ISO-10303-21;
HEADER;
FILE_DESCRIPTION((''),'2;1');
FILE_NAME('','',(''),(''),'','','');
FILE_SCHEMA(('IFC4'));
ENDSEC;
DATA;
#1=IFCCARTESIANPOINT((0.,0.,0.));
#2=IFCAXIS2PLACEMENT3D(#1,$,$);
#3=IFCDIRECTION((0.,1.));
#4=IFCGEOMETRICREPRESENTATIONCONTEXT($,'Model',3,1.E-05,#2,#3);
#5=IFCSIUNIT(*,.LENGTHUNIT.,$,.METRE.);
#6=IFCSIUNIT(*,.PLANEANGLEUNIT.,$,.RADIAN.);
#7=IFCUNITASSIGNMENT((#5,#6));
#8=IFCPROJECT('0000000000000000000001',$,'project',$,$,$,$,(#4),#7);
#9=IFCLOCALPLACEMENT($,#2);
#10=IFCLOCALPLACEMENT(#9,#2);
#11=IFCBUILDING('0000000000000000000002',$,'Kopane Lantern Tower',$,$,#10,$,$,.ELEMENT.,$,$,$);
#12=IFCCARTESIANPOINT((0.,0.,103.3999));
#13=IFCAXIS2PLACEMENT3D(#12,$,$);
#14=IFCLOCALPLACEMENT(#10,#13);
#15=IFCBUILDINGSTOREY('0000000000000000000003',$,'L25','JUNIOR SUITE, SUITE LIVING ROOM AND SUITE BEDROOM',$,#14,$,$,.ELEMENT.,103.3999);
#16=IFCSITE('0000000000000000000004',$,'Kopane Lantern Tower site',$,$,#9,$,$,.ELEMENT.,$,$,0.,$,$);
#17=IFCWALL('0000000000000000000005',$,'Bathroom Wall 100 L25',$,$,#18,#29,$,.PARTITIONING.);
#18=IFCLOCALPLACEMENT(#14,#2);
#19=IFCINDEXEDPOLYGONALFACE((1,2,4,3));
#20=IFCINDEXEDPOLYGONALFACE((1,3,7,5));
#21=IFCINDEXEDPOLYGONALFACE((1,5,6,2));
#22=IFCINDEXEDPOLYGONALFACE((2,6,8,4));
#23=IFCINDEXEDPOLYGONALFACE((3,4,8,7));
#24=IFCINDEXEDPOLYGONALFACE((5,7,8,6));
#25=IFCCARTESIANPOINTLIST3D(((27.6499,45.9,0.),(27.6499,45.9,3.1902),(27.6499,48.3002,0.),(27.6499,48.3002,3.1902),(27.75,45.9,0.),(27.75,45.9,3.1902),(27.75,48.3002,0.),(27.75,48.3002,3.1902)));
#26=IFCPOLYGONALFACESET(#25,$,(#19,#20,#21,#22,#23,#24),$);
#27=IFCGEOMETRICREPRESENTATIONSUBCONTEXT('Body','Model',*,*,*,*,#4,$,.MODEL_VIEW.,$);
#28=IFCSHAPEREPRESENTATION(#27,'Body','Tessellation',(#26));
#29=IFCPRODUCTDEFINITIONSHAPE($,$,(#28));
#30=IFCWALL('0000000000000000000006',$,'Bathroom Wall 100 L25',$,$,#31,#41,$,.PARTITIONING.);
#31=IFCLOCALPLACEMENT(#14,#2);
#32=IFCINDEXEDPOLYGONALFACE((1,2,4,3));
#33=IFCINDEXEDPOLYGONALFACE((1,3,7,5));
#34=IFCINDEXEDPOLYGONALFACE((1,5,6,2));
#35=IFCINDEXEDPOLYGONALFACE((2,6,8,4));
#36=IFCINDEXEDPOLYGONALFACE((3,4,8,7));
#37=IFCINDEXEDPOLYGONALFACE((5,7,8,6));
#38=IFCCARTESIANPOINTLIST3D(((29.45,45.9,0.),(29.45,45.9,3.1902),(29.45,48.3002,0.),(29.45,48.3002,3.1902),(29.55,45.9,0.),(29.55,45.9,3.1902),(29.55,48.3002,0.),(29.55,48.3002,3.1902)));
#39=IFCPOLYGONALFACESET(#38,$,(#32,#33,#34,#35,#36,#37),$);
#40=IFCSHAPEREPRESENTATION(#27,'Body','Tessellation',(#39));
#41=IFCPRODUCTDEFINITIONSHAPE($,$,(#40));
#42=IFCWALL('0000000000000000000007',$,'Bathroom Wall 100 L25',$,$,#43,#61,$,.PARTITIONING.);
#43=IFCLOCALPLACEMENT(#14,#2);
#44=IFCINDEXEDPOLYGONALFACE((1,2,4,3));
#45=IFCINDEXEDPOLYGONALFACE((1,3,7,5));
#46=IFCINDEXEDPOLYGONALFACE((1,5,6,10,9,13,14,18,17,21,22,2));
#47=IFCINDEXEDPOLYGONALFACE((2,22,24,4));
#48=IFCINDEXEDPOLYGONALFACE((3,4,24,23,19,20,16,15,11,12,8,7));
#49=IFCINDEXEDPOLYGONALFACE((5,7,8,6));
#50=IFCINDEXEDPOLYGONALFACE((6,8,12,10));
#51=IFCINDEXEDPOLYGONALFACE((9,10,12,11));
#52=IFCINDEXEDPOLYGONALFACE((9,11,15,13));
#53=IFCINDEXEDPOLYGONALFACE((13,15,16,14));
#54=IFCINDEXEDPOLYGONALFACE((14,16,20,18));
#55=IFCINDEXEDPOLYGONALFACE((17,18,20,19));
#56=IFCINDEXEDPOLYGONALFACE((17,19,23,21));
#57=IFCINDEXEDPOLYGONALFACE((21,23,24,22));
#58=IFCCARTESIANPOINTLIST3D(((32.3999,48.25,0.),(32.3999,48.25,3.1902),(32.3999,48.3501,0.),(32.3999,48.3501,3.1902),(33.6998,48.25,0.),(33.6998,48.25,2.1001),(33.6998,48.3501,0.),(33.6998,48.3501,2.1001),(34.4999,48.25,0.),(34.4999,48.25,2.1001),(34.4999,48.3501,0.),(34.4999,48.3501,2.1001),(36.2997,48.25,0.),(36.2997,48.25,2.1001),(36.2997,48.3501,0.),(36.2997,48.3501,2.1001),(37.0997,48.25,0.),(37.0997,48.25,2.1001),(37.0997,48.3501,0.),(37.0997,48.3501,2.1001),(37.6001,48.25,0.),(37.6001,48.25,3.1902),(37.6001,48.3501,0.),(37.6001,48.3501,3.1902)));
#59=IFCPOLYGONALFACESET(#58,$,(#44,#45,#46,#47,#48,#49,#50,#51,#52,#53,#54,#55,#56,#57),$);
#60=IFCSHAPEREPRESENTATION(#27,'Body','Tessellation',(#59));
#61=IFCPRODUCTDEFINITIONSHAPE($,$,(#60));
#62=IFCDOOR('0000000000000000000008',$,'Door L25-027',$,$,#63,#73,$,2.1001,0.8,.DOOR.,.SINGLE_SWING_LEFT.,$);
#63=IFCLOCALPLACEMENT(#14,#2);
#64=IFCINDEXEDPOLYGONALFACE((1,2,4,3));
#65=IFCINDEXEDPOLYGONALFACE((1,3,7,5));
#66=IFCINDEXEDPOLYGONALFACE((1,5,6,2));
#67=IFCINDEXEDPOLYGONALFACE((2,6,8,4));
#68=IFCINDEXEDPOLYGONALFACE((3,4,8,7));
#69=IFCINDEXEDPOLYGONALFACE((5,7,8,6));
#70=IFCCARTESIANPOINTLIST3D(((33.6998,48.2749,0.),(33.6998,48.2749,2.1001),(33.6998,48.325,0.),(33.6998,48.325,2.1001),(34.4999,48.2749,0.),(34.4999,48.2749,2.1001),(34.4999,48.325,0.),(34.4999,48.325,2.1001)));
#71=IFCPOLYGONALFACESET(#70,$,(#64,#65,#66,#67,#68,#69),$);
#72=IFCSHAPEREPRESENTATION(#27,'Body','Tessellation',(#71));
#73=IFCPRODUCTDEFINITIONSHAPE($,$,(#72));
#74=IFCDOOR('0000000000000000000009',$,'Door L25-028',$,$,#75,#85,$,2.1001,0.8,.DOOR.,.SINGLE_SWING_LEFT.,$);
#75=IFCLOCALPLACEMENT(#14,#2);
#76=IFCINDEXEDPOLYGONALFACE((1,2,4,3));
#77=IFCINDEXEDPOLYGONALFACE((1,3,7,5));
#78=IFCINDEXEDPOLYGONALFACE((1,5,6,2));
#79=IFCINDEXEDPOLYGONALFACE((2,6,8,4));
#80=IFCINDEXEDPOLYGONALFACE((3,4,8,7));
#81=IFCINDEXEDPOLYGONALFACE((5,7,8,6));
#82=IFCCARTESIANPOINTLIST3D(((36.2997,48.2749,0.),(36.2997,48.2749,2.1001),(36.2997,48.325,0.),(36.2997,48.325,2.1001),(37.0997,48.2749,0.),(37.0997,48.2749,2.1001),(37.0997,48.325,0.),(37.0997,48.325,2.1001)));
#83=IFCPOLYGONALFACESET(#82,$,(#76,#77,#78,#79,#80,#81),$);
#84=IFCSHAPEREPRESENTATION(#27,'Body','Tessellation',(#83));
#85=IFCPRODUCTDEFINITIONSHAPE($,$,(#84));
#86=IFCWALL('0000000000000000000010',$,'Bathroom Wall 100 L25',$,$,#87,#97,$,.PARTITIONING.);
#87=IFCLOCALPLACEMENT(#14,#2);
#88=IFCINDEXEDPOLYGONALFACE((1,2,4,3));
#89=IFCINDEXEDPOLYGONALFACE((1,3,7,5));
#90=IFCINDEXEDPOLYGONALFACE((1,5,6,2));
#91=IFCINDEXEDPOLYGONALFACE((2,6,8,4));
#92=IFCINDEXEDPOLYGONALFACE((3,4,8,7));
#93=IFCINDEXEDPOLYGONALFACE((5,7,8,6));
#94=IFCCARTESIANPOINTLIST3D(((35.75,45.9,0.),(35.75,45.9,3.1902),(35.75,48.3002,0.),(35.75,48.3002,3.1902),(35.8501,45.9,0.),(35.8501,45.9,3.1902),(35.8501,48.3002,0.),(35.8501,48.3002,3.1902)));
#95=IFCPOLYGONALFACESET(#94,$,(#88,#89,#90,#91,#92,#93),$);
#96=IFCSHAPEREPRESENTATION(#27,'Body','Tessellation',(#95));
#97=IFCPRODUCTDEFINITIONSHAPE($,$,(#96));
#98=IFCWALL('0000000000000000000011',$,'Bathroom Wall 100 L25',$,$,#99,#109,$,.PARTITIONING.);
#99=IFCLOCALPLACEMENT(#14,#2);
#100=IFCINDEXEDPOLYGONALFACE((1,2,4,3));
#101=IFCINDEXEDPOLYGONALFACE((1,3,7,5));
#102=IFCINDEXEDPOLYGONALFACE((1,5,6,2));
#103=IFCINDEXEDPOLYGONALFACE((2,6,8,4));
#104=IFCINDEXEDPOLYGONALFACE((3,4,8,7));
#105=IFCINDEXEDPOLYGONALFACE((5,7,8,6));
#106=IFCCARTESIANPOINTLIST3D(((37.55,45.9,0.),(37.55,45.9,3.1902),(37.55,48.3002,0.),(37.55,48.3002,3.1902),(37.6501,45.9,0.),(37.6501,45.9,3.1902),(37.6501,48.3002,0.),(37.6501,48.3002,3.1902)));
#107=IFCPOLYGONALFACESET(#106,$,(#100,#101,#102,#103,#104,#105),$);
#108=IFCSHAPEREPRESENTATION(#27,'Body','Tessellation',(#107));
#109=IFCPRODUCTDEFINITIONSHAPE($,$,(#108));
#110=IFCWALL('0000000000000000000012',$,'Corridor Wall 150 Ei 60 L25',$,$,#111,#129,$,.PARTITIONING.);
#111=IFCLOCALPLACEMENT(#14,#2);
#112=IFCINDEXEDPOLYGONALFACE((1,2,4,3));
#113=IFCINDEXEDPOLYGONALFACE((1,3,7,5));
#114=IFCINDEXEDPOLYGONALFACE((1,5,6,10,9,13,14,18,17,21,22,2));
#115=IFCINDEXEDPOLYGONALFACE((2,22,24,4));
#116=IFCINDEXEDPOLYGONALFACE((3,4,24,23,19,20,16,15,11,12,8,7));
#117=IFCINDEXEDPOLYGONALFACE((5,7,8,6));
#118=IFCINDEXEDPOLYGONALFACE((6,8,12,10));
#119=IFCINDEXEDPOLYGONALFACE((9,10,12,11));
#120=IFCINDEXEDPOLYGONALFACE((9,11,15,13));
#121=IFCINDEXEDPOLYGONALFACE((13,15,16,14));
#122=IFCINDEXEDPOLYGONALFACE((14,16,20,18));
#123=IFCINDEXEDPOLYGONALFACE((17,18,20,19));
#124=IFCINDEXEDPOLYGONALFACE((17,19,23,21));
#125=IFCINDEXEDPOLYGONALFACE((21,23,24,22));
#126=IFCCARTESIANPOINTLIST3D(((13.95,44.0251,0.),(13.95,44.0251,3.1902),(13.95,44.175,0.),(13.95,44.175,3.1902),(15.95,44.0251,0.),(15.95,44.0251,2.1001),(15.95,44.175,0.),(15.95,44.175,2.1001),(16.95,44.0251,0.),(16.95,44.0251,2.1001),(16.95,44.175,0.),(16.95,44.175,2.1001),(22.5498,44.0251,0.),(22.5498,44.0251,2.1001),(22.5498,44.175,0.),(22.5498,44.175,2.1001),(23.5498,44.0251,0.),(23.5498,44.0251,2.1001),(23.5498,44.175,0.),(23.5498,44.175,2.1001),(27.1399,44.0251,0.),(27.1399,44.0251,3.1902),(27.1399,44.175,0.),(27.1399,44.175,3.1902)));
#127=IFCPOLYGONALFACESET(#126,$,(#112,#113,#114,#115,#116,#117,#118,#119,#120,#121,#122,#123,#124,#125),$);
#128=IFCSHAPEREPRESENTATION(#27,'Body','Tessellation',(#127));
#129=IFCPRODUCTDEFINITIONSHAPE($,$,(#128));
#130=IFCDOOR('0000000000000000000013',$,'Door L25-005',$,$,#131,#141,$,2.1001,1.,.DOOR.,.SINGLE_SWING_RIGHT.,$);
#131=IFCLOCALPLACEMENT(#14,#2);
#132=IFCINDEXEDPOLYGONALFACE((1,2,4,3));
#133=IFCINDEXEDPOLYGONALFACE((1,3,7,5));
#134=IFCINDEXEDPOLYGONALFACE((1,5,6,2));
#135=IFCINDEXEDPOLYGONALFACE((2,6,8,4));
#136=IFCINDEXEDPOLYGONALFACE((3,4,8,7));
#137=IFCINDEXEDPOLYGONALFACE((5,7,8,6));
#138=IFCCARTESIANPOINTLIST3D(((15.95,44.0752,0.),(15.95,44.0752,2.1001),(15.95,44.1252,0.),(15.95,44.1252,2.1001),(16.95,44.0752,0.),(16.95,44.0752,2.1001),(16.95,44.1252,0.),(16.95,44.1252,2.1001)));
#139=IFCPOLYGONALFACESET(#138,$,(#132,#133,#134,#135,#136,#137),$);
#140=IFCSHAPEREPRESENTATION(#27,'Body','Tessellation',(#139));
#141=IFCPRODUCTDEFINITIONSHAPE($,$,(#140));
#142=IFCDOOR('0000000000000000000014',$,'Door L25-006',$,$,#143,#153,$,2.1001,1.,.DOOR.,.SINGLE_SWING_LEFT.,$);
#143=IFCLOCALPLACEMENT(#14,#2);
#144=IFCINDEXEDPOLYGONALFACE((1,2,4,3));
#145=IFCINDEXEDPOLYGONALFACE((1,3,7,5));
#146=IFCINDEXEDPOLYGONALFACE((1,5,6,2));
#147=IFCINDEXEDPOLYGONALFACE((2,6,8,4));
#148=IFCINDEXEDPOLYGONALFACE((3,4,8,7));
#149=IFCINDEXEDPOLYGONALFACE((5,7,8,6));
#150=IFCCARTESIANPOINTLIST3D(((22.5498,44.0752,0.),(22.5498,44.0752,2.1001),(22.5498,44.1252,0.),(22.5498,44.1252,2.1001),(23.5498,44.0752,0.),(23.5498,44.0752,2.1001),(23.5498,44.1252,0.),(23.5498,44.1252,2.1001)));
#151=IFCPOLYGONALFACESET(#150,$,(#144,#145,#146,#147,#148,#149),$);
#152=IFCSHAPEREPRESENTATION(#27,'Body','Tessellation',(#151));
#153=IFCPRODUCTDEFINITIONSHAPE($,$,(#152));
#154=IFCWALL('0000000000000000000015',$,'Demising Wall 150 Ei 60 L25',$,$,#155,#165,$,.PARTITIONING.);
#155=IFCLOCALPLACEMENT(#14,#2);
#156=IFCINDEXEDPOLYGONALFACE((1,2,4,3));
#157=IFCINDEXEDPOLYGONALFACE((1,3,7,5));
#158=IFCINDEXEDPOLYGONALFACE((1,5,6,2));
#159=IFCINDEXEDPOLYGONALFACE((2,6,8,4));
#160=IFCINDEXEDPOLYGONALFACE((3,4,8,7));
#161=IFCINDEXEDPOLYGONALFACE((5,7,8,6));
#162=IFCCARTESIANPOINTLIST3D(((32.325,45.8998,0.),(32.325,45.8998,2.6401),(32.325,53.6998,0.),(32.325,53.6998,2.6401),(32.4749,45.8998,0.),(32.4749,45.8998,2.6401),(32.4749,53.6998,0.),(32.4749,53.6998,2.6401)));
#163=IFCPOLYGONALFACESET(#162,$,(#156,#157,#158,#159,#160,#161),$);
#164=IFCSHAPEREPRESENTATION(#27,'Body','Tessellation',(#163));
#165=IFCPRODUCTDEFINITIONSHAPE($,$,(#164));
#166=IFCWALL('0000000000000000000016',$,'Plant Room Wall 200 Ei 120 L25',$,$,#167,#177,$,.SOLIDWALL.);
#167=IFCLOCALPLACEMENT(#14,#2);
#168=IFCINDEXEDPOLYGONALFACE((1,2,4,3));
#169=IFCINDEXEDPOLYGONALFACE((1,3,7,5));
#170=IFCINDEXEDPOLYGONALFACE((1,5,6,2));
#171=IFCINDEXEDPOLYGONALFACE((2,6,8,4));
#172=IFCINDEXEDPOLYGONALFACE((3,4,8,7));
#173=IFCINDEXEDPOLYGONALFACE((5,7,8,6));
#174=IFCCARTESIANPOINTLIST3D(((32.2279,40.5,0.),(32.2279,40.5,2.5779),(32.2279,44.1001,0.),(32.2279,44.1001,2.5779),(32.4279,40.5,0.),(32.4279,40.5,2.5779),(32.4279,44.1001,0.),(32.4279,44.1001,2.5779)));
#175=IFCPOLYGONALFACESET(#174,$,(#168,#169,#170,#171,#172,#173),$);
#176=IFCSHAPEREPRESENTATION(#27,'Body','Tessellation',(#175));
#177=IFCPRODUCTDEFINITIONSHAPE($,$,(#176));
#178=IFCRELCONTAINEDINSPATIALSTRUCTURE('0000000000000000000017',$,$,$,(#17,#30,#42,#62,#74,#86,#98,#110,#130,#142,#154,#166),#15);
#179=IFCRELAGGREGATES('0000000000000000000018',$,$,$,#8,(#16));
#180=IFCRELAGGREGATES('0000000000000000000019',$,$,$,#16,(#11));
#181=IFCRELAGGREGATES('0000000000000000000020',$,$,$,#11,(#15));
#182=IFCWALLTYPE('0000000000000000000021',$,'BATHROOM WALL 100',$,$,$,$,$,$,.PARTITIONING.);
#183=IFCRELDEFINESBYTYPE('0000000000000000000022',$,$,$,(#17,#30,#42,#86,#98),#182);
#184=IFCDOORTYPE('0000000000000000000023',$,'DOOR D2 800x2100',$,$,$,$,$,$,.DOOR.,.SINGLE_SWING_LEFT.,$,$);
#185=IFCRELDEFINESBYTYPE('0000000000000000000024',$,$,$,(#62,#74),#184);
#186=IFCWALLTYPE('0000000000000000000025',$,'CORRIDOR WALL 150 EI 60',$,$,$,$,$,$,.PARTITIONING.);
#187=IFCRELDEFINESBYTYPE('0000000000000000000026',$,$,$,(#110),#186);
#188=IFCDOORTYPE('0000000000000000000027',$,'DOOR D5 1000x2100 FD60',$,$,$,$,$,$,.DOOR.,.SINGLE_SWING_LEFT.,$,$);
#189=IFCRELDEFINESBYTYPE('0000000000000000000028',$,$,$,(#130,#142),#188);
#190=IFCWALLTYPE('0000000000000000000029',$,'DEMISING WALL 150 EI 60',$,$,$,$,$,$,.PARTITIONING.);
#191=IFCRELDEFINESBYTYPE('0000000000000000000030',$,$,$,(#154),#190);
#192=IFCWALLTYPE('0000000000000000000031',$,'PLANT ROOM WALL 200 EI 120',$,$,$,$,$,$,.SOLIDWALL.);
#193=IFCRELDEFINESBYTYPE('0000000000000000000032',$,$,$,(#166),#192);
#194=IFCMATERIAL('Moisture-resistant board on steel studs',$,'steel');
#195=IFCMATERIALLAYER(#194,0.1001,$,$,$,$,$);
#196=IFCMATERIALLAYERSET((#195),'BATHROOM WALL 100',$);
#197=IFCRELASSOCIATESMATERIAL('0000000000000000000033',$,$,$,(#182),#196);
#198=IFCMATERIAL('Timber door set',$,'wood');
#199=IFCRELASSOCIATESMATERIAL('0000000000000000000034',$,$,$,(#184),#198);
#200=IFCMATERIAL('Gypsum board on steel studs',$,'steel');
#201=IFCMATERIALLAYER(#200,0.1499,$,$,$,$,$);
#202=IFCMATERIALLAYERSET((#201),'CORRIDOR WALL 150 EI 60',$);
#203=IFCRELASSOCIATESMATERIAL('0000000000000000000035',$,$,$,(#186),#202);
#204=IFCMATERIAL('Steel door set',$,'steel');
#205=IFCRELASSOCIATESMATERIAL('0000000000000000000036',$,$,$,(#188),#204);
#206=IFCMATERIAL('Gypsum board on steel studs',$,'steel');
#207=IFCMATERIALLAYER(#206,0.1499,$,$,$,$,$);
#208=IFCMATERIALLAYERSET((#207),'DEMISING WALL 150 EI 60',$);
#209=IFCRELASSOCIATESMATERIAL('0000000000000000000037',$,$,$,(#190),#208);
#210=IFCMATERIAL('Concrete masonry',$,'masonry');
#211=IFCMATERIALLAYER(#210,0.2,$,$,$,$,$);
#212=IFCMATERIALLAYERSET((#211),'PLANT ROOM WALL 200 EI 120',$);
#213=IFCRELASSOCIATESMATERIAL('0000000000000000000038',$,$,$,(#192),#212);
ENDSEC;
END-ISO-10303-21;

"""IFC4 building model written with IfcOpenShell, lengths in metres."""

from ifc_helpers import new_model, si_unit, direction, frame, frame_2d, origin, place, context, subcontext, project, spatial, rectangle, extrude, material, layer, layer_set, type_object, element, fill, save


model = new_model("IFC4")

# Units and contexts
model_context = context("Model", 3, precision=1e-05, world=origin(), true_north=direction((0.0, 1.0)))
body_context = subcontext(model_context, "Body", "Model", "MODEL_VIEW")
ifc_project = project(units=[si_unit("LENGTHUNIT", "METRE"), si_unit("PLANEANGLEUNIT", "RADIAN")], contexts=[model_context])

# Site, building, storey
site_placement = place(None, origin())
site = spatial("IfcSite", under=ifc_project, at=site_placement, Name="Kopane Lantern Tower site", CompositionType="ELEMENT", RefElevation=0.0)
building_placement = place(site_placement, origin())
building = spatial("IfcBuilding", under=site, at=building_placement, Name="Kopane Lantern Tower", CompositionType="ELEMENT")
storey_placement = place(building_placement, frame((0.0, 0.0, 103.3999)))
storey = spatial("IfcBuildingStorey", under=building, at=storey_placement, Name="L25", Description="JUNIOR SUITE, SUITE LIVING ROOM AND SUITE BEDROOM", CompositionType="ELEMENT", Elevation=103.3999)

# Walls
ifc_material_1 = material(Name="Moisture-resistant board on steel studs", Category="steel")
ifc_layer_1 = layer(ifc_material_1, 0.1001)
ifc_layer_set_1 = layer_set([ifc_layer_1], Name="BATHROOM WALL 100")
wall_type_1 = type_object("IfcWallType", Name="BATHROOM WALL 100", PredefinedType="PARTITIONING", material=ifc_layer_set_1)
for number, where, z_axis, x_axis, name in (
    (1, (27.7, 45.8999, 0.0), (0.0, 0.0, 1.0), (0.0, 1.0, 0.0), "Bathroom Wall 100 L25"),
    (2, (29.5, 45.8999, 0.0), (0.0, 0.0, 1.0), (0.0, 1.0, 0.0), "Bathroom Wall 100 L25"),
):
    element("IfcWall", number, at=place(storey_placement, frame(where, z_axis=z_axis, x_axis=x_axis)), inside=storey, type_object=wall_type_1, Name=name, PredefinedType="PARTITIONING", context=body_context, shape_type="SweptSolid", body=[
        extrude(rectangle(XDim=2.4001, YDim=0.1001, at=frame_2d((1.2002, 0.0))), origin(), (0.0, 0.0, 1.0), 3.1902),
    ])

# Wall, openings, doors
wall_1_placement = place(storey_placement, frame((32.3999, 48.3, 0.0), z_axis=(0.0, 0.0, 1.0), x_axis=(1.0, 0.0, 0.0)))
wall_1 = element("IfcWall", 3, at=wall_1_placement, inside=storey, type_object=wall_type_1, Name="Bathroom Wall 100 L25", PredefinedType="PARTITIONING", context=body_context, shape_type="SweptSolid", body=[
    extrude(rectangle(XDim=5.2002, YDim=0.1001, at=frame_2d((2.6001, 0.0))), origin(), (0.0, 0.0, 1.0), 3.1902),
])
opening_1_placement = place(wall_1_placement, frame((1.3, 0.0, 0.0)))
opening_1 = element("IfcOpeningElement", 4, at=opening_1_placement, cuts=wall_1, PredefinedType="OPENING", context=body_context, shape_type="SweptSolid", body=[
    extrude(rectangle(XDim=0.8, YDim=2.1001, at=frame_2d((0.3999, 1.05))), frame((0.0, 0.0601, 0.0), z_axis=(0.0, -1.0, 0.0), x_axis=(1.0, 0.0, 0.0)), (0.0, 0.0, 1.0), 0.1201),
])
opening_2_placement = place(wall_1_placement, frame((3.8999, 0.0, 0.0)))
opening_2 = element("IfcOpeningElement", 5, at=opening_2_placement, cuts=wall_1, PredefinedType="OPENING", context=body_context, shape_type="SweptSolid", body=[
    extrude(rectangle(XDim=0.8, YDim=2.1001, at=frame_2d((0.3999, 1.05))), frame((0.0, 0.0601, 0.0), z_axis=(0.0, -1.0, 0.0), x_axis=(1.0, 0.0, 0.0)), (0.0, 0.0, 1.0), 0.1201),
])
ifc_material_2 = material(Name="Timber door set", Category="wood")
door_type_1 = type_object("IfcDoorType", Name="DOOR D2 800x2100", OperationType="SINGLE_SWING_LEFT", PredefinedType="DOOR", material=ifc_material_2)
door_1_placement = place(opening_1_placement, origin())
door_1 = element("IfcDoor", 6, at=door_1_placement, inside=storey, type_object=door_type_1, Name="Door L25-027", OperationType="SINGLE_SWING_LEFT", OverallHeight=2.1001, OverallWidth=0.8, PredefinedType="DOOR", context=body_context, shape_type="SweptSolid", body=[
    extrude(rectangle(XDim=0.8, YDim=2.1001, at=frame_2d((0.3999, 1.05))), frame((0.0, 0.0249, 0.0), z_axis=(0.0, -1.0, 0.0), x_axis=(1.0, 0.0, 0.0)), (0.0, 0.0, 1.0), 0.05),
])
fill(opening_1, door_1)
door_2_placement = place(opening_2_placement, origin())
door_2 = element("IfcDoor", 7, at=door_2_placement, inside=storey, type_object=door_type_1, Name="Door L25-028", OperationType="SINGLE_SWING_LEFT", OverallHeight=2.1001, OverallWidth=0.8, PredefinedType="DOOR", context=body_context, shape_type="SweptSolid", body=[
    extrude(rectangle(XDim=0.8, YDim=2.1001, at=frame_2d((0.3999, 1.05))), frame((0.0, 0.0249, 0.0), z_axis=(0.0, -1.0, 0.0), x_axis=(1.0, 0.0, 0.0)), (0.0, 0.0, 1.0), 0.05),
])
fill(opening_2, door_2)

# Walls
for number, where, z_axis, x_axis, name in (
    (8, (35.8, 45.8999, 0.0), (0.0, 0.0, 1.0), (0.0, 1.0, 0.0), "Bathroom Wall 100 L25"),
    (9, (37.6001, 45.8999, 0.0), (0.0, 0.0, 1.0), (0.0, 1.0, 0.0), "Bathroom Wall 100 L25"),
):
    element("IfcWall", number, at=place(storey_placement, frame(where, z_axis=z_axis, x_axis=x_axis)), inside=storey, type_object=wall_type_1, Name=name, PredefinedType="PARTITIONING", context=body_context, shape_type="SweptSolid", body=[
        extrude(rectangle(XDim=2.4001, YDim=0.1001, at=frame_2d((1.2002, 0.0))), origin(), (0.0, 0.0, 1.0), 3.1902),
    ])

# Wall, openings, doors
ifc_material_3 = material(Name="Gypsum board on steel studs", Category="steel")
ifc_layer_2 = layer(ifc_material_3, 0.1499)
ifc_layer_set_2 = layer_set([ifc_layer_2], Name="CORRIDOR WALL 150 EI 60")
wall_type_2 = type_object("IfcWallType", Name="CORRIDOR WALL 150 EI 60", PredefinedType="PARTITIONING", material=ifc_layer_set_2)
wall_2_placement = place(storey_placement, frame((27.1399, 44.1001, 0.0), z_axis=(0.0, 0.0, 1.0), x_axis=(-1.0, 0.0, 0.0)))
wall_2 = element("IfcWall", 10, at=wall_2_placement, inside=storey, type_object=wall_type_2, Name="Corridor Wall 150 Ei 60 L25", PredefinedType="PARTITIONING", context=body_context, shape_type="SweptSolid", body=[
    extrude(rectangle(XDim=13.1899, YDim=0.1499, at=frame_2d((6.595, 0.0))), origin(), (0.0, 0.0, 1.0), 3.1902),
])
opening_3_placement = place(wall_2_placement, frame((10.1899, 0.0, 0.0)))
opening_3 = element("IfcOpeningElement", 11, at=opening_3_placement, cuts=wall_2, PredefinedType="OPENING", context=body_context, shape_type="SweptSolid", body=[
    extrude(rectangle(XDim=1.0, YDim=2.1001, at=frame_2d((0.5, 1.05))), frame((0.0, 0.085, 0.0), z_axis=(0.0, -1.0, 0.0), x_axis=(1.0, 0.0, 0.0)), (0.0, 0.0, 1.0), 0.1699),
])
opening_4_placement = place(wall_2_placement, frame((3.5901, 0.0, 0.0)))
opening_4 = element("IfcOpeningElement", 12, at=opening_4_placement, cuts=wall_2, PredefinedType="OPENING", context=body_context, shape_type="SweptSolid", body=[
    extrude(rectangle(XDim=1.0, YDim=2.1001, at=frame_2d((0.5, 1.05))), frame((0.0, 0.085, 0.0), z_axis=(0.0, -1.0, 0.0), x_axis=(1.0, 0.0, 0.0)), (0.0, 0.0, 1.0), 0.1699),
])
ifc_material_4 = material(Name="Steel door set", Category="steel")
door_type_2 = type_object("IfcDoorType", Name="DOOR D5 1000x2100 FD60", OperationType="SINGLE_SWING_LEFT", PredefinedType="DOOR", material=ifc_material_4)
door_3_placement = place(opening_3_placement, origin())
door_3 = element("IfcDoor", 13, at=door_3_placement, inside=storey, type_object=door_type_2, Name="Door L25-005", OperationType="SINGLE_SWING_RIGHT", OverallHeight=2.1001, OverallWidth=1.0, PredefinedType="DOOR", context=body_context, shape_type="SweptSolid", body=[
    extrude(rectangle(XDim=1.0, YDim=2.1001, at=frame_2d((0.5, 1.05))), frame((0.0, 0.0249, 0.0), z_axis=(0.0, -1.0, 0.0), x_axis=(1.0, 0.0, 0.0)), (0.0, 0.0, 1.0), 0.05),
])
fill(opening_3, door_3)
door_4_placement = place(opening_4_placement, origin())
door_4 = element("IfcDoor", 14, at=door_4_placement, inside=storey, type_object=door_type_2, Name="Door L25-006", OperationType="SINGLE_SWING_LEFT", OverallHeight=2.1001, OverallWidth=1.0, PredefinedType="DOOR", context=body_context, shape_type="SweptSolid", body=[
    extrude(rectangle(XDim=1.0, YDim=2.1001, at=frame_2d((0.5, 1.05))), frame((0.0, 0.0249, 0.0), z_axis=(0.0, -1.0, 0.0), x_axis=(1.0, 0.0, 0.0)), (0.0, 0.0, 1.0), 0.05),
])
fill(opening_4, door_4)

# Walls
ifc_material_5 = material(Name="Gypsum board on steel studs", Category="steel")
ifc_layer_3 = layer(ifc_material_5, 0.1499)
ifc_layer_set_3 = layer_set([ifc_layer_3], Name="DEMISING WALL 150 EI 60")
wall_type_3 = type_object("IfcWallType", Name="DEMISING WALL 150 EI 60", PredefinedType="PARTITIONING", material=ifc_layer_set_3)
wall_3_placement = place(storey_placement, frame((32.3999, 45.8999, 0.0), z_axis=(0.0, 0.0, 1.0), x_axis=(0.0, 1.0, 0.0)))
element("IfcWall", 15, at=wall_3_placement, inside=storey, type_object=wall_type_3, Name="Demising Wall 150 Ei 60 L25", PredefinedType="PARTITIONING", context=body_context, shape_type="SweptSolid", body=[
    extrude(rectangle(XDim=7.8, YDim=0.1499, at=frame_2d((3.8999, 0.0))), origin(), (0.0, 0.0, 1.0), 2.6401),
])
ifc_material_6 = material(Name="Concrete masonry", Category="masonry")
ifc_layer_4 = layer(ifc_material_6, 0.2)
ifc_layer_set_4 = layer_set([ifc_layer_4], Name="PLANT ROOM WALL 200 EI 120")
wall_type_4 = type_object("IfcWallType", Name="PLANT ROOM WALL 200 EI 120", PredefinedType="SOLIDWALL", material=ifc_layer_set_4)
wall_4_placement = place(storey_placement, frame((32.3279, 44.1001, 0.0), z_axis=(0.0, 0.0, 1.0), x_axis=(0.0, -1.0, 0.0)))
element("IfcWall", 16, at=wall_4_placement, inside=storey, type_object=wall_type_4, Name="Plant Room Wall 200 Ei 120 L25", PredefinedType="SOLIDWALL", context=body_context, shape_type="SweptSolid", body=[
    extrude(rectangle(XDim=3.6001, YDim=0.2, at=frame_2d((1.8, 0.0))), origin(), (0.0, 0.0, 1.0), 2.5779),
])

save(model, "model.ifc")
